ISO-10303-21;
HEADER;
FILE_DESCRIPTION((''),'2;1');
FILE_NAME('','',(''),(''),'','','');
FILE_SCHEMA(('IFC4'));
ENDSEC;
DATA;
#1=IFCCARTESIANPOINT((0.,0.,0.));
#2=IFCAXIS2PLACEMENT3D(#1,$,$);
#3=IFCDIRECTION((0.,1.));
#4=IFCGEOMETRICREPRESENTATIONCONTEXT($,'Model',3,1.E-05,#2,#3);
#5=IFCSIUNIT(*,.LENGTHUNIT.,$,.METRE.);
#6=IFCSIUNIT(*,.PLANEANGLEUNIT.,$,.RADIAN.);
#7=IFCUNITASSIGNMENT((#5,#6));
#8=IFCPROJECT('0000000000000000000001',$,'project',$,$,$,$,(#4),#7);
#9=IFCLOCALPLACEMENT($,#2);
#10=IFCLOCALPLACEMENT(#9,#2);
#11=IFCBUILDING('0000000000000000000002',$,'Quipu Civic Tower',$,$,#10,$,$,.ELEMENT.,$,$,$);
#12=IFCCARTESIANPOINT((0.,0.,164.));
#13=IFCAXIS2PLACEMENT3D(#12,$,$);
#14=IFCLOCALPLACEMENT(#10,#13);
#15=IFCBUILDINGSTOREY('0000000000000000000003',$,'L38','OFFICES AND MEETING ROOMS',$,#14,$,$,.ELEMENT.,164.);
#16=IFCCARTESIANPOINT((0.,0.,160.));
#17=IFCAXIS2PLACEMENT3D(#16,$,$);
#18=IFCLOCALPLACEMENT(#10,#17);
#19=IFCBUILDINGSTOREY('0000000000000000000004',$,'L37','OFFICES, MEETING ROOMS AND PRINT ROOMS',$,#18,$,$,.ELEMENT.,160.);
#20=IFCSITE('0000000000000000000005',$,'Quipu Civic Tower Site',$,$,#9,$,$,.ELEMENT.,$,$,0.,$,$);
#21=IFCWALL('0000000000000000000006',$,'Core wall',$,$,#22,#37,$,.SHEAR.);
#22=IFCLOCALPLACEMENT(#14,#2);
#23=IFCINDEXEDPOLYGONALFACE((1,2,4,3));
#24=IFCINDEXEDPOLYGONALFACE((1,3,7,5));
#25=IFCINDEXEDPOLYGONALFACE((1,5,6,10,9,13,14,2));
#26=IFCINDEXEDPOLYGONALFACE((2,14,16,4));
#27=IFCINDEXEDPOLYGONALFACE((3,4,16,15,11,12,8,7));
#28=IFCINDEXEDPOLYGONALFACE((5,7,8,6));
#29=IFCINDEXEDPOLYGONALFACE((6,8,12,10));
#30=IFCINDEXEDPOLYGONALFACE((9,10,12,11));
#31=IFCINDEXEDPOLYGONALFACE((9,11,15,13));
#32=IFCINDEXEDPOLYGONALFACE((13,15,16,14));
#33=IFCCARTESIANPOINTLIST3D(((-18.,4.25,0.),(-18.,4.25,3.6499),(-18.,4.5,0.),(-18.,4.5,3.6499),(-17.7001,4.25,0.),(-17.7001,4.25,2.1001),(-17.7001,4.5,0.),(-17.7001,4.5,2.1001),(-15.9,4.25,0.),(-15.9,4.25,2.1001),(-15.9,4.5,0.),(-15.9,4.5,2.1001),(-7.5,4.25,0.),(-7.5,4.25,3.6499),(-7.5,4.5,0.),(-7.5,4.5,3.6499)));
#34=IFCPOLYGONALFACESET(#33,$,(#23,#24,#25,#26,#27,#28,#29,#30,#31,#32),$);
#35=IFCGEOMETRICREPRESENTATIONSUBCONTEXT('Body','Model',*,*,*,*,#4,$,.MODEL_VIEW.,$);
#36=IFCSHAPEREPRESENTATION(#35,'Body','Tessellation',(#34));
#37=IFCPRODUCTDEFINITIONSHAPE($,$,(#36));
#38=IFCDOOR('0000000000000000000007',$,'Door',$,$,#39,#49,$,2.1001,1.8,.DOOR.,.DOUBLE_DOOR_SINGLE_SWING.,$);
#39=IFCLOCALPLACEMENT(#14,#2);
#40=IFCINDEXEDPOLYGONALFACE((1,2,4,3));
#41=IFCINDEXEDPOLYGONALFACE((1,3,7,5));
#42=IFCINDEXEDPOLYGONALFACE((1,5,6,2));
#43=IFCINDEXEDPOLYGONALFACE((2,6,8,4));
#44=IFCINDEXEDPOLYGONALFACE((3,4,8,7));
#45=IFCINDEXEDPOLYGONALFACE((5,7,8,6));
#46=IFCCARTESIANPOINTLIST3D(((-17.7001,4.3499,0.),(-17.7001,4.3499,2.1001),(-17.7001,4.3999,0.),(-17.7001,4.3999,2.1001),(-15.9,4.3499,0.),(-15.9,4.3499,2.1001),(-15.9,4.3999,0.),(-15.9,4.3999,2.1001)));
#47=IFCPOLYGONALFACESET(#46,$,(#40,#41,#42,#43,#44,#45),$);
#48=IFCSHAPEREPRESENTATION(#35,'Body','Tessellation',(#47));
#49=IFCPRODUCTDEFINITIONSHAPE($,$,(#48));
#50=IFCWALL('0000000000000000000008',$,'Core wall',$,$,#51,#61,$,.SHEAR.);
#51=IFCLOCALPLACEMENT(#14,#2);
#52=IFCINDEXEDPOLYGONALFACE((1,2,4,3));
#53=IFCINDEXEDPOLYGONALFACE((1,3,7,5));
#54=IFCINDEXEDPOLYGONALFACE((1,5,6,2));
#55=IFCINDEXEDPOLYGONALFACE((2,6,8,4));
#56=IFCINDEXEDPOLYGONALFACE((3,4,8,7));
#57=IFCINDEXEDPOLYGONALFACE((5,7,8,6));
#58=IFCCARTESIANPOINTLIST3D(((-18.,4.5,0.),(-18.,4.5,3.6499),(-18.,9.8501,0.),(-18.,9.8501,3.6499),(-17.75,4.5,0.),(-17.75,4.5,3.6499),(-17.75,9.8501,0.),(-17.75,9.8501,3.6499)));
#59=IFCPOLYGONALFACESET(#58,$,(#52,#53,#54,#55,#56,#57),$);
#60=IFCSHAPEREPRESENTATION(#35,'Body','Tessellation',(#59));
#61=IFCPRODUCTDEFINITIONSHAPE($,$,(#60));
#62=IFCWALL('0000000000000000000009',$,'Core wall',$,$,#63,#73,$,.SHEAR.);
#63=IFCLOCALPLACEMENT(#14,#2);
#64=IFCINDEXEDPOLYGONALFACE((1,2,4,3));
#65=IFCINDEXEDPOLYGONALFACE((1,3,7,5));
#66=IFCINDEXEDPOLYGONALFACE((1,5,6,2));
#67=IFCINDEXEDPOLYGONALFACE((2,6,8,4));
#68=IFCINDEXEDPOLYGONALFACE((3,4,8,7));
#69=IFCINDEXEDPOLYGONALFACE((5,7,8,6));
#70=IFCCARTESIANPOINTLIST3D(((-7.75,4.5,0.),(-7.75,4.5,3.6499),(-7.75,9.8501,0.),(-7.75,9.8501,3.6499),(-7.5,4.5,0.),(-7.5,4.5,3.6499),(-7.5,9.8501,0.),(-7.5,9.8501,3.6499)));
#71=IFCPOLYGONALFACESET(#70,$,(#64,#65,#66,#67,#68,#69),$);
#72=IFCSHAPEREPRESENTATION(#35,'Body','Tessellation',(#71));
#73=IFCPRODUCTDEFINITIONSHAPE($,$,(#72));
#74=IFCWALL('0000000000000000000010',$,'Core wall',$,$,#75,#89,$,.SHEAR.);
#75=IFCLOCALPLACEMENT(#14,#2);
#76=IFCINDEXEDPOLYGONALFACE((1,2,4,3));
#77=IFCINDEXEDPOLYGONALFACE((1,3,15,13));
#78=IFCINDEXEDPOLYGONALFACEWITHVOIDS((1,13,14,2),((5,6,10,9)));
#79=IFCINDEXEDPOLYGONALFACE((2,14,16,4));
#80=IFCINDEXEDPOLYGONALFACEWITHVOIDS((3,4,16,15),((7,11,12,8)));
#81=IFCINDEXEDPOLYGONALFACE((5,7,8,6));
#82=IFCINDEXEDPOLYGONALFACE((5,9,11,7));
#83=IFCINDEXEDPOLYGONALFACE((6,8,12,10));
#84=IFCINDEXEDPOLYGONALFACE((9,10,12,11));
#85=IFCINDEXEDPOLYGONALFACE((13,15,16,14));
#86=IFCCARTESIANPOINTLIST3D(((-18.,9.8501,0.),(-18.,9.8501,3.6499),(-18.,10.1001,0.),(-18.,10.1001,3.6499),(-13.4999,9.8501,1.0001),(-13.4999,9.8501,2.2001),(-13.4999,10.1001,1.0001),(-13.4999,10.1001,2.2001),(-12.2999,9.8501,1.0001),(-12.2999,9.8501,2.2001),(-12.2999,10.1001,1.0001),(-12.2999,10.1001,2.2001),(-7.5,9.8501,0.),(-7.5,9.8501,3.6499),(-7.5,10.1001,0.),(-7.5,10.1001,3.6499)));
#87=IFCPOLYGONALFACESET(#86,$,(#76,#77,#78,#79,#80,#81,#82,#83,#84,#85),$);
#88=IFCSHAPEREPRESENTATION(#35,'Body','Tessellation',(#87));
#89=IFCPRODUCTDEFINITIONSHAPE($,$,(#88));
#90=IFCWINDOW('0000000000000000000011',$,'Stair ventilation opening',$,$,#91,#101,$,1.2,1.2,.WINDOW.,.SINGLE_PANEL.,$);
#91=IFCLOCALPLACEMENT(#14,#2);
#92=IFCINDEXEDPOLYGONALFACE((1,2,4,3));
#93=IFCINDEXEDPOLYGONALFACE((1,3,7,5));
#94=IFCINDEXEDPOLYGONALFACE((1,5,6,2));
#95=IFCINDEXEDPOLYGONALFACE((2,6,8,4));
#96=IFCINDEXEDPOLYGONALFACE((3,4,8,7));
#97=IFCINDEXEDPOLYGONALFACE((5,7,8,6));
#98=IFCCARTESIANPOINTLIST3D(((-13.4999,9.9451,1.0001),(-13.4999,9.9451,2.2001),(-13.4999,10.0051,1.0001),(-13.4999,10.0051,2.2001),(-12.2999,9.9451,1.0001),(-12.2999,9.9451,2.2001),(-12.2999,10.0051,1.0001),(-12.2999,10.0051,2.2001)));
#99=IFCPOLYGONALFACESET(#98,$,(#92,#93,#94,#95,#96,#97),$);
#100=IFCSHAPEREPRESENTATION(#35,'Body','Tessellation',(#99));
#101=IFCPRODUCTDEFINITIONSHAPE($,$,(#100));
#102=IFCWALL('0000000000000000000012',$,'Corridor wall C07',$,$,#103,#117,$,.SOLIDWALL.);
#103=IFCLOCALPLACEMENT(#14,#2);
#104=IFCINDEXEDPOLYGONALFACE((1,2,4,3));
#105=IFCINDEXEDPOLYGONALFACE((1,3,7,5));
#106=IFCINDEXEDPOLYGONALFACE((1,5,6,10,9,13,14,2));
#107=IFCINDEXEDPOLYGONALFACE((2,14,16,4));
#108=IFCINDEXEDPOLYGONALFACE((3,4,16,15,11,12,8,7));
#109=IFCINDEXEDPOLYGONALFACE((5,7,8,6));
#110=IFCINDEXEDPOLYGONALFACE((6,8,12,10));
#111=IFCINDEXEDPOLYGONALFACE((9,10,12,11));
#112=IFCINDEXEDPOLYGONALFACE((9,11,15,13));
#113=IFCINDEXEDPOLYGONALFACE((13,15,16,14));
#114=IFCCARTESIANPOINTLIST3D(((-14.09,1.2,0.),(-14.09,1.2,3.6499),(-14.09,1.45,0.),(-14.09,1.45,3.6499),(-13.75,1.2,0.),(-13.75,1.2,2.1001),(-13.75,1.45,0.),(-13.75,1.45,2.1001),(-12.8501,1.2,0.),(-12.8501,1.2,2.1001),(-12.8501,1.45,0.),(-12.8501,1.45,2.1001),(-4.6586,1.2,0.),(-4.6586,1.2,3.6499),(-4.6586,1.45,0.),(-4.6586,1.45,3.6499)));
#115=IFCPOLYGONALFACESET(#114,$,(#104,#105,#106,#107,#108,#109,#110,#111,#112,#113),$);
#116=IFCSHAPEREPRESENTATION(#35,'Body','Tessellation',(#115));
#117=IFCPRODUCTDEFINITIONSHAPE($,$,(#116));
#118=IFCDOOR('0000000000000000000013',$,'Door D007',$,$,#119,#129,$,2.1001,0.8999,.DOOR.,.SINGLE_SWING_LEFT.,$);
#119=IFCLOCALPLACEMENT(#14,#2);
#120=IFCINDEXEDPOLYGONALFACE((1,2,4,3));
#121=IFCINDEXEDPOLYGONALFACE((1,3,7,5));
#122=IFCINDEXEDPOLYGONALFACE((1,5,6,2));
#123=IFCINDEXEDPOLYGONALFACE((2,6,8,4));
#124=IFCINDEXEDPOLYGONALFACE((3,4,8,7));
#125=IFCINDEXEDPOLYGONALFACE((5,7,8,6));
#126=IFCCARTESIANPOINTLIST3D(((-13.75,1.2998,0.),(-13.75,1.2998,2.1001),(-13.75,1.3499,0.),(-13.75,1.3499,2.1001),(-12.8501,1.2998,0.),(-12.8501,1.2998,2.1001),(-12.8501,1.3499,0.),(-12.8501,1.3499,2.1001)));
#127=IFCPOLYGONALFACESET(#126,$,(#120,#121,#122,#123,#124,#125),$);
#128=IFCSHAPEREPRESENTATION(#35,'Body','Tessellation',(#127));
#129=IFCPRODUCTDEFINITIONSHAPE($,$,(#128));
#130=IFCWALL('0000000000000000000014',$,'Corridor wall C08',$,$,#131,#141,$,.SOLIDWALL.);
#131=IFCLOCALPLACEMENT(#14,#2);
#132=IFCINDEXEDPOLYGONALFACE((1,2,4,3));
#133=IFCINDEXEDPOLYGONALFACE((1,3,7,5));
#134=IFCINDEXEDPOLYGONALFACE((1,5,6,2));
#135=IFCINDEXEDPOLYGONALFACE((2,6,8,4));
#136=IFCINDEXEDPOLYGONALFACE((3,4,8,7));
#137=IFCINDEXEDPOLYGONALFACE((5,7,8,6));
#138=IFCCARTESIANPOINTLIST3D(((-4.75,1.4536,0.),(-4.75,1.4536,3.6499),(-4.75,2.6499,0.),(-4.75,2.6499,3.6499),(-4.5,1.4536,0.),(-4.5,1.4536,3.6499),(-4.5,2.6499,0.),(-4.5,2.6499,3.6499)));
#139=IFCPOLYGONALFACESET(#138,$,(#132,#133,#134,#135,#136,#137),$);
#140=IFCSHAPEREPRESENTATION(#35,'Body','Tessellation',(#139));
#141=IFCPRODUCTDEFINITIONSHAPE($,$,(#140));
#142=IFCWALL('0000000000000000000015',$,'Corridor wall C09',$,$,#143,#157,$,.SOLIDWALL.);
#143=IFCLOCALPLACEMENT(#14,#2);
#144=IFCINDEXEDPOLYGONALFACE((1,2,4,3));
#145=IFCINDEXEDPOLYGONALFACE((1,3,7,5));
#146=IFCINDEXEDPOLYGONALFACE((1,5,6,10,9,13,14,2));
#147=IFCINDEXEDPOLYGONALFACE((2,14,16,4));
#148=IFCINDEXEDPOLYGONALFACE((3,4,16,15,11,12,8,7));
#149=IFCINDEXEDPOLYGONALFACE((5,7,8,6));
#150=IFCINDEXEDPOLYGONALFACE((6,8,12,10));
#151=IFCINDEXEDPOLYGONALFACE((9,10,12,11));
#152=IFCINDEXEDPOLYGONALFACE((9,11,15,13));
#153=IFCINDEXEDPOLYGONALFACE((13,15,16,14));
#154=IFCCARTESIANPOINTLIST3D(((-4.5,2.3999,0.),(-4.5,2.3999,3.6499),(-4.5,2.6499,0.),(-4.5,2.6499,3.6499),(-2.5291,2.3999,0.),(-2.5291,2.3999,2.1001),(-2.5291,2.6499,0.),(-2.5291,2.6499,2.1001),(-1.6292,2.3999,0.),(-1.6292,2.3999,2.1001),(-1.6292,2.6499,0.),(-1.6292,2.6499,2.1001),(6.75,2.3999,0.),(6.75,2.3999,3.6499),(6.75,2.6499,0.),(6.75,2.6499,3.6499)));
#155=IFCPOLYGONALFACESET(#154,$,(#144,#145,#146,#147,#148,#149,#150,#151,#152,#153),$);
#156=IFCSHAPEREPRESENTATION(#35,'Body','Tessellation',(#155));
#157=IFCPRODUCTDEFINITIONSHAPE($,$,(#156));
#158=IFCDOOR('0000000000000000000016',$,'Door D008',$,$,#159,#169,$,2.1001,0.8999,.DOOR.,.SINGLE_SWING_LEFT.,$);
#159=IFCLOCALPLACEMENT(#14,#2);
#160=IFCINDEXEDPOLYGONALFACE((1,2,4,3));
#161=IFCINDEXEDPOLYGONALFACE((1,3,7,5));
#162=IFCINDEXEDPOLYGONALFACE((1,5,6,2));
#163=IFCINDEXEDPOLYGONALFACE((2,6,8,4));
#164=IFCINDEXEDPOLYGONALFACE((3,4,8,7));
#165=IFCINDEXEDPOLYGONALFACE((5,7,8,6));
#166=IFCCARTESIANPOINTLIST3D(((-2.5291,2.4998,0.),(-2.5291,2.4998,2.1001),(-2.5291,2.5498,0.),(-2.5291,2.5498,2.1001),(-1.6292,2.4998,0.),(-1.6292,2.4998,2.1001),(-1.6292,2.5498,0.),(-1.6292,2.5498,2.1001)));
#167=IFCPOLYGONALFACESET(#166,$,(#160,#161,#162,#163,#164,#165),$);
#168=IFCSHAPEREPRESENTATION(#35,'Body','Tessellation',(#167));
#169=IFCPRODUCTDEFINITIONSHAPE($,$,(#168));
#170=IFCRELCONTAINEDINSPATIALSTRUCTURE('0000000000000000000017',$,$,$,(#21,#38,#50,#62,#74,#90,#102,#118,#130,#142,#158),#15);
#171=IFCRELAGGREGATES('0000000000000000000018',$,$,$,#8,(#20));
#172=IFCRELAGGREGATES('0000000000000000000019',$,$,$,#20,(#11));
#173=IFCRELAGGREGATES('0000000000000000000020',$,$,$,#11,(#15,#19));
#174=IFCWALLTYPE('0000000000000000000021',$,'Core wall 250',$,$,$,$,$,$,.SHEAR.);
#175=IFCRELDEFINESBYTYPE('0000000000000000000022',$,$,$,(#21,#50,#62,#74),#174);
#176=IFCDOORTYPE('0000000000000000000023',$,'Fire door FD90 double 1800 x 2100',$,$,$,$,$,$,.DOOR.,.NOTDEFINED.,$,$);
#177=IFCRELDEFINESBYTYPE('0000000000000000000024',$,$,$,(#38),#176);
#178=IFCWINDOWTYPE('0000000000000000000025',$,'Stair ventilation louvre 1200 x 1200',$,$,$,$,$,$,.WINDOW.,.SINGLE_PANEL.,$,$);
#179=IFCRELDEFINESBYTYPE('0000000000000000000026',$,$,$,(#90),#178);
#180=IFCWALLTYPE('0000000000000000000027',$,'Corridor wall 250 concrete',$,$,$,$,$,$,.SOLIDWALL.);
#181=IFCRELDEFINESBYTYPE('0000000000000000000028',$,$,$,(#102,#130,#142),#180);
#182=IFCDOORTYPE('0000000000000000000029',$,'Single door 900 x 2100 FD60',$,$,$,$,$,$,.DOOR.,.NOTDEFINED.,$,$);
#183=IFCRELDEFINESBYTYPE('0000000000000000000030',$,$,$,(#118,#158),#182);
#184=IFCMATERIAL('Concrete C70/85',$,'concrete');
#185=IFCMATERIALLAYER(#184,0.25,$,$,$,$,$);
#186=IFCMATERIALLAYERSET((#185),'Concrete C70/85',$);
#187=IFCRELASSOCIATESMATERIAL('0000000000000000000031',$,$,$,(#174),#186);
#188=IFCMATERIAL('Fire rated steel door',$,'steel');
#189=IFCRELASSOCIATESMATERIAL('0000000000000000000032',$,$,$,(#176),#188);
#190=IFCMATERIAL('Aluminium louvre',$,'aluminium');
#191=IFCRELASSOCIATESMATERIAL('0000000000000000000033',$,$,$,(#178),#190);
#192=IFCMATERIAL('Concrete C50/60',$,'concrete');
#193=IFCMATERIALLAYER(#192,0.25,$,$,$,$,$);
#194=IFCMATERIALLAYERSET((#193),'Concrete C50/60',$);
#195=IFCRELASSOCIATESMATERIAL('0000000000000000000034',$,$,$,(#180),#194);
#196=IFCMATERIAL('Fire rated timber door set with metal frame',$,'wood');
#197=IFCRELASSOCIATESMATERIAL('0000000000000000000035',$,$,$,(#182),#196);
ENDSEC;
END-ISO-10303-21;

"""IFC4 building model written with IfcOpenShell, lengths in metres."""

from ifc_helpers import new_model, si_unit, direction, frame, frame_2d, origin, place, context, subcontext, project, spatial, rectangle, extrude, material, layer, layer_set, type_object, element, fill, save


model = new_model("IFC4")

# Units and contexts
model_context = context("Model", 3, precision=1e-05, world=origin(), true_north=direction((0.0, 1.0)))
body_context = subcontext(model_context, "Body", "Model", "MODEL_VIEW")
ifc_project = project(units=[si_unit("LENGTHUNIT", "METRE"), si_unit("PLANEANGLEUNIT", "RADIAN")], contexts=[model_context])

# Site, building, storey
site_placement = place(None, origin())
site = spatial("IfcSite", under=ifc_project, at=site_placement, Name="Quipu Civic Tower Site", CompositionType="ELEMENT", RefElevation=0.0)
building_placement = place(site_placement, origin())
building = spatial("IfcBuilding", under=site, at=building_placement, Name="Quipu Civic Tower", CompositionType="ELEMENT")
storey_1_placement = place(building_placement, frame((0.0, 0.0, 164.0)))
storey_1 = spatial("IfcBuildingStorey", under=building, at=storey_1_placement, Name="L38", Description="OFFICES AND MEETING ROOMS", CompositionType="ELEMENT", Elevation=164.0)

# Shared definitions
storey_2_placement = place(building_placement, frame((0.0, 0.0, 160.0)))
storey_2 = spatial("IfcBuildingStorey", under=building, at=storey_2_placement, Name="L37", Description="OFFICES, MEETING ROOMS AND PRINT ROOMS", CompositionType="ELEMENT", Elevation=160.0)

# Shared definitions
ifc_material_1 = material(Name="Concrete C70/85", Category="concrete")
ifc_layer_1 = layer(ifc_material_1, 0.25)
ifc_layer_set_1 = layer_set([ifc_layer_1], Name="Concrete C70/85")
wall_type_1 = type_object("IfcWallType", Name="Core wall 250", PredefinedType="SHEAR", material=ifc_layer_set_1)

# Wall, opening, door
wall_1_placement = place(storey_1_placement, frame((-18.0, 4.375, 0.0), z_axis=(0.0, 0.0, 1.0), x_axis=(1.0, 0.0, 0.0)))
wall_1 = element("IfcWall", 1, at=wall_1_placement, inside=storey_1, type_object=wall_type_1, Name="Core wall", PredefinedType="SHEAR", context=body_context, shape_type="SweptSolid", body=[
    extrude(rectangle(XDim=10.5, YDim=0.25, at=frame_2d((5.25, 0.0))), origin(), (0.0, 0.0, 1.0), 3.6499),
])
opening_1_placement = place(wall_1_placement, frame((0.3, 0.0, 0.0)))
opening_1 = element("IfcOpeningElement", 2, at=opening_1_placement, cuts=wall_1, PredefinedType="OPENING", context=body_context, shape_type="SweptSolid", body=[
    extrude(rectangle(XDim=1.8, YDim=2.1001, at=frame_2d((0.8999, 1.05))), frame((0.0, 0.135, 0.0), z_axis=(0.0, -1.0, 0.0), x_axis=(1.0, 0.0, 0.0)), (0.0, 0.0, 1.0), 0.27),
])
ifc_material_2 = material(Name="Fire rated steel door", Category="steel")
door_type_1 = type_object("IfcDoorType", Name="Fire door FD90 double 1800 x 2100", OperationType="NOTDEFINED", PredefinedType="DOOR", material=ifc_material_2)
door_1_placement = place(opening_1_placement, origin())
door_1 = element("IfcDoor", 3, at=door_1_placement, inside=storey_1, type_object=door_type_1, Name="Door", OperationType="DOUBLE_DOOR_SINGLE_SWING", OverallHeight=2.1001, OverallWidth=1.8, PredefinedType="DOOR", context=body_context, shape_type="SweptSolid", body=[
    extrude(rectangle(XDim=1.8, YDim=2.1001, at=frame_2d((0.8999, 1.05))), frame((0.0, 0.0249, 0.0), z_axis=(0.0, -1.0, 0.0), x_axis=(1.0, 0.0, 0.0)), (0.0, 0.0, 1.0), 0.05),
])
fill(opening_1, door_1)

# Walls
for number, where, z_axis, x_axis, name in (
    (4, (-17.875, 4.5, 0.0), (0.0, 0.0, 1.0), (0.0, 1.0, 0.0), "Core wall"),
    (5, (-7.625, 4.5, 0.0), (0.0, 0.0, 1.0), (0.0, 1.0, 0.0), "Core wall"),
):
    element("IfcWall", number, at=place(storey_1_placement, frame(where, z_axis=z_axis, x_axis=x_axis)), inside=storey_1, type_object=wall_type_1, Name=name, PredefinedType="SHEAR", context=body_context, shape_type="SweptSolid", body=[
        extrude(rectangle(XDim=5.3501, YDim=0.25, at=frame_2d((2.675, 0.0))), origin(), (0.0, 0.0, 1.0), 3.6499),
    ])

# Wall, opening, window
wall_2_placement = place(storey_1_placement, frame((-18.0, 9.9751, 0.0), z_axis=(0.0, 0.0, 1.0), x_axis=(1.0, 0.0, 0.0)))
wall_2 = element("IfcWall", 6, at=wall_2_placement, inside=storey_1, type_object=wall_type_1, Name="Core wall", PredefinedType="SHEAR", context=body_context, shape_type="SweptSolid", body=[
    extrude(rectangle(XDim=10.5, YDim=0.25, at=frame_2d((5.25, 0.0))), origin(), (0.0, 0.0, 1.0), 3.6499),
])
opening_2_placement = place(wall_2_placement, frame((4.5, 0.0, 1.0)))
opening_2 = element("IfcOpeningElement", 7, at=opening_2_placement, cuts=wall_2, PredefinedType="OPENING", context=body_context, shape_type="SweptSolid", body=[
    extrude(rectangle(XDim=1.2, YDim=1.2, at=frame_2d((0.6001, 0.6001))), frame((0.0, 0.135, 0.0), z_axis=(0.0, -1.0, 0.0), x_axis=(1.0, 0.0, 0.0)), (0.0, 0.0, 1.0), 0.27),
])
ifc_material_3 = material(Name="Aluminium louvre", Category="aluminium")
window_type_1 = type_object("IfcWindowType", Name="Stair ventilation louvre 1200 x 1200", PartitioningType="SINGLE_PANEL", PredefinedType="WINDOW", material=ifc_material_3)
window_1_placement = place(opening_2_placement, origin())
window_1 = element("IfcWindow", 8, at=window_1_placement, inside=storey_1, type_object=window_type_1, Name="Stair ventilation opening", OverallHeight=1.2, OverallWidth=1.2, PartitioningType="SINGLE_PANEL", PredefinedType="WINDOW", context=body_context, shape_type="SweptSolid", body=[
    extrude(rectangle(XDim=1.2, YDim=1.2, at=frame_2d((0.6001, 0.6001))), frame((0.0, 0.03, 0.0), z_axis=(0.0, -1.0, 0.0), x_axis=(1.0, 0.0, 0.0)), (0.0, 0.0, 1.0), 0.0601),
])
fill(opening_2, window_1)

# Wall, opening, door
ifc_material_4 = material(Name="Concrete C50/60", Category="concrete")
ifc_layer_2 = layer(ifc_material_4, 0.25)
ifc_layer_set_2 = layer_set([ifc_layer_2], Name="Concrete C50/60")
wall_type_2 = type_object("IfcWallType", Name="Corridor wall 250 concrete", PredefinedType="SOLIDWALL", material=ifc_layer_set_2)
wall_3_placement = place(storey_1_placement, frame((-14.0901, 1.325, 0.0), z_axis=(0.0, 0.0, 1.0), x_axis=(1.0, 0.0, 0.0)))
wall_3 = element("IfcWall", 9, at=wall_3_placement, inside=storey_1, type_object=wall_type_2, Name="Corridor wall C07", PredefinedType="SOLIDWALL", context=body_context, shape_type="SweptSolid", body=[
    extrude(rectangle(XDim=9.4314, YDim=0.25, at=frame_2d((4.7158, 0.0))), origin(), (0.0, 0.0, 1.0), 3.6499),
])
opening_3_placement = place(wall_3_placement, frame((0.3401, 0.0, 0.0)))
opening_3 = element("IfcOpeningElement", 10, at=opening_3_placement, cuts=wall_3, PredefinedType="OPENING", context=body_context, shape_type="SweptSolid", body=[
    extrude(rectangle(XDim=0.8999, YDim=2.1001, at=frame_2d((0.45, 1.05))), frame((0.0, 0.135, 0.0), z_axis=(0.0, -1.0, 0.0), x_axis=(1.0, 0.0, 0.0)), (0.0, 0.0, 1.0), 0.27),
])
ifc_material_5 = material(Name="Fire rated timber door set with metal frame", Category="wood")
door_type_2 = type_object("IfcDoorType", Name="Single door 900 x 2100 FD60", OperationType="NOTDEFINED", PredefinedType="DOOR", material=ifc_material_5)
door_2_placement = place(opening_3_placement, origin())
door_2 = element("IfcDoor", 11, at=door_2_placement, inside=storey_1, type_object=door_type_2, Name="Door D007", OperationType="SINGLE_SWING_LEFT", OverallHeight=2.1001, OverallWidth=0.8999, PredefinedType="DOOR", context=body_context, shape_type="SweptSolid", body=[
    extrude(rectangle(XDim=0.8999, YDim=2.1001, at=frame_2d((0.45, 1.05))), frame((0.0, 0.0249, 0.0), z_axis=(0.0, -1.0, 0.0), x_axis=(1.0, 0.0, 0.0)), (0.0, 0.0, 1.0), 0.05),
])
fill(opening_3, door_2)

# Wall
wall_4_placement = place(storey_1_placement, frame((-4.625, 1.4536, 0.0), z_axis=(0.0, 0.0, 1.0), x_axis=(0.0, 1.0, 0.0)))
element("IfcWall", 12, at=wall_4_placement, inside=storey_1, type_object=wall_type_2, Name="Corridor wall C08", PredefinedType="SOLIDWALL", context=body_context, shape_type="SweptSolid", body=[
    extrude(rectangle(XDim=1.1963, YDim=0.25, at=frame_2d((0.5981, 0.0))), origin(), (0.0, 0.0, 1.0), 3.6499),
])

# Wall, opening, door
wall_5_placement = place(storey_1_placement, frame((-4.5, 2.5249, 0.0), z_axis=(0.0, 0.0, 1.0), x_axis=(1.0, 0.0, 0.0)))
wall_5 = element("IfcWall", 13, at=wall_5_placement, inside=storey_1, type_object=wall_type_2, Name="Corridor wall C09", PredefinedType="SOLIDWALL", context=body_context, shape_type="SweptSolid", body=[
    extrude(rectangle(XDim=11.25, YDim=0.25, at=frame_2d((5.625, 0.0))), origin(), (0.0, 0.0, 1.0), 3.6499),
])
opening_4_placement = place(wall_5_placement, frame((1.9709, 0.0, 0.0)))
opening_4 = element("IfcOpeningElement", 14, at=opening_4_placement, cuts=wall_5, PredefinedType="OPENING", context=body_context, shape_type="SweptSolid", body=[
    extrude(rectangle(XDim=0.8999, YDim=2.1001, at=frame_2d((0.45, 1.05))), frame((0.0, 0.135, 0.0), z_axis=(0.0, -1.0, 0.0), x_axis=(1.0, 0.0, 0.0)), (0.0, 0.0, 1.0), 0.27),
])
door_3_placement = place(opening_4_placement, origin())
door_3 = element("IfcDoor", 15, at=door_3_placement, inside=storey_1, type_object=door_type_2, Name="Door D008", OperationType="SINGLE_SWING_LEFT", OverallHeight=2.1001, OverallWidth=0.8999, PredefinedType="DOOR", context=body_context, shape_type="SweptSolid", body=[
    extrude(rectangle(XDim=0.8999, YDim=2.1001, at=frame_2d((0.45, 1.05))), frame((0.0, 0.0249, 0.0), z_axis=(0.0, -1.0, 0.0), x_axis=(1.0, 0.0, 0.0)), (0.0, 0.0, 1.0), 0.05),
])
fill(opening_4, door_3)

save(model, "model.ifc")
